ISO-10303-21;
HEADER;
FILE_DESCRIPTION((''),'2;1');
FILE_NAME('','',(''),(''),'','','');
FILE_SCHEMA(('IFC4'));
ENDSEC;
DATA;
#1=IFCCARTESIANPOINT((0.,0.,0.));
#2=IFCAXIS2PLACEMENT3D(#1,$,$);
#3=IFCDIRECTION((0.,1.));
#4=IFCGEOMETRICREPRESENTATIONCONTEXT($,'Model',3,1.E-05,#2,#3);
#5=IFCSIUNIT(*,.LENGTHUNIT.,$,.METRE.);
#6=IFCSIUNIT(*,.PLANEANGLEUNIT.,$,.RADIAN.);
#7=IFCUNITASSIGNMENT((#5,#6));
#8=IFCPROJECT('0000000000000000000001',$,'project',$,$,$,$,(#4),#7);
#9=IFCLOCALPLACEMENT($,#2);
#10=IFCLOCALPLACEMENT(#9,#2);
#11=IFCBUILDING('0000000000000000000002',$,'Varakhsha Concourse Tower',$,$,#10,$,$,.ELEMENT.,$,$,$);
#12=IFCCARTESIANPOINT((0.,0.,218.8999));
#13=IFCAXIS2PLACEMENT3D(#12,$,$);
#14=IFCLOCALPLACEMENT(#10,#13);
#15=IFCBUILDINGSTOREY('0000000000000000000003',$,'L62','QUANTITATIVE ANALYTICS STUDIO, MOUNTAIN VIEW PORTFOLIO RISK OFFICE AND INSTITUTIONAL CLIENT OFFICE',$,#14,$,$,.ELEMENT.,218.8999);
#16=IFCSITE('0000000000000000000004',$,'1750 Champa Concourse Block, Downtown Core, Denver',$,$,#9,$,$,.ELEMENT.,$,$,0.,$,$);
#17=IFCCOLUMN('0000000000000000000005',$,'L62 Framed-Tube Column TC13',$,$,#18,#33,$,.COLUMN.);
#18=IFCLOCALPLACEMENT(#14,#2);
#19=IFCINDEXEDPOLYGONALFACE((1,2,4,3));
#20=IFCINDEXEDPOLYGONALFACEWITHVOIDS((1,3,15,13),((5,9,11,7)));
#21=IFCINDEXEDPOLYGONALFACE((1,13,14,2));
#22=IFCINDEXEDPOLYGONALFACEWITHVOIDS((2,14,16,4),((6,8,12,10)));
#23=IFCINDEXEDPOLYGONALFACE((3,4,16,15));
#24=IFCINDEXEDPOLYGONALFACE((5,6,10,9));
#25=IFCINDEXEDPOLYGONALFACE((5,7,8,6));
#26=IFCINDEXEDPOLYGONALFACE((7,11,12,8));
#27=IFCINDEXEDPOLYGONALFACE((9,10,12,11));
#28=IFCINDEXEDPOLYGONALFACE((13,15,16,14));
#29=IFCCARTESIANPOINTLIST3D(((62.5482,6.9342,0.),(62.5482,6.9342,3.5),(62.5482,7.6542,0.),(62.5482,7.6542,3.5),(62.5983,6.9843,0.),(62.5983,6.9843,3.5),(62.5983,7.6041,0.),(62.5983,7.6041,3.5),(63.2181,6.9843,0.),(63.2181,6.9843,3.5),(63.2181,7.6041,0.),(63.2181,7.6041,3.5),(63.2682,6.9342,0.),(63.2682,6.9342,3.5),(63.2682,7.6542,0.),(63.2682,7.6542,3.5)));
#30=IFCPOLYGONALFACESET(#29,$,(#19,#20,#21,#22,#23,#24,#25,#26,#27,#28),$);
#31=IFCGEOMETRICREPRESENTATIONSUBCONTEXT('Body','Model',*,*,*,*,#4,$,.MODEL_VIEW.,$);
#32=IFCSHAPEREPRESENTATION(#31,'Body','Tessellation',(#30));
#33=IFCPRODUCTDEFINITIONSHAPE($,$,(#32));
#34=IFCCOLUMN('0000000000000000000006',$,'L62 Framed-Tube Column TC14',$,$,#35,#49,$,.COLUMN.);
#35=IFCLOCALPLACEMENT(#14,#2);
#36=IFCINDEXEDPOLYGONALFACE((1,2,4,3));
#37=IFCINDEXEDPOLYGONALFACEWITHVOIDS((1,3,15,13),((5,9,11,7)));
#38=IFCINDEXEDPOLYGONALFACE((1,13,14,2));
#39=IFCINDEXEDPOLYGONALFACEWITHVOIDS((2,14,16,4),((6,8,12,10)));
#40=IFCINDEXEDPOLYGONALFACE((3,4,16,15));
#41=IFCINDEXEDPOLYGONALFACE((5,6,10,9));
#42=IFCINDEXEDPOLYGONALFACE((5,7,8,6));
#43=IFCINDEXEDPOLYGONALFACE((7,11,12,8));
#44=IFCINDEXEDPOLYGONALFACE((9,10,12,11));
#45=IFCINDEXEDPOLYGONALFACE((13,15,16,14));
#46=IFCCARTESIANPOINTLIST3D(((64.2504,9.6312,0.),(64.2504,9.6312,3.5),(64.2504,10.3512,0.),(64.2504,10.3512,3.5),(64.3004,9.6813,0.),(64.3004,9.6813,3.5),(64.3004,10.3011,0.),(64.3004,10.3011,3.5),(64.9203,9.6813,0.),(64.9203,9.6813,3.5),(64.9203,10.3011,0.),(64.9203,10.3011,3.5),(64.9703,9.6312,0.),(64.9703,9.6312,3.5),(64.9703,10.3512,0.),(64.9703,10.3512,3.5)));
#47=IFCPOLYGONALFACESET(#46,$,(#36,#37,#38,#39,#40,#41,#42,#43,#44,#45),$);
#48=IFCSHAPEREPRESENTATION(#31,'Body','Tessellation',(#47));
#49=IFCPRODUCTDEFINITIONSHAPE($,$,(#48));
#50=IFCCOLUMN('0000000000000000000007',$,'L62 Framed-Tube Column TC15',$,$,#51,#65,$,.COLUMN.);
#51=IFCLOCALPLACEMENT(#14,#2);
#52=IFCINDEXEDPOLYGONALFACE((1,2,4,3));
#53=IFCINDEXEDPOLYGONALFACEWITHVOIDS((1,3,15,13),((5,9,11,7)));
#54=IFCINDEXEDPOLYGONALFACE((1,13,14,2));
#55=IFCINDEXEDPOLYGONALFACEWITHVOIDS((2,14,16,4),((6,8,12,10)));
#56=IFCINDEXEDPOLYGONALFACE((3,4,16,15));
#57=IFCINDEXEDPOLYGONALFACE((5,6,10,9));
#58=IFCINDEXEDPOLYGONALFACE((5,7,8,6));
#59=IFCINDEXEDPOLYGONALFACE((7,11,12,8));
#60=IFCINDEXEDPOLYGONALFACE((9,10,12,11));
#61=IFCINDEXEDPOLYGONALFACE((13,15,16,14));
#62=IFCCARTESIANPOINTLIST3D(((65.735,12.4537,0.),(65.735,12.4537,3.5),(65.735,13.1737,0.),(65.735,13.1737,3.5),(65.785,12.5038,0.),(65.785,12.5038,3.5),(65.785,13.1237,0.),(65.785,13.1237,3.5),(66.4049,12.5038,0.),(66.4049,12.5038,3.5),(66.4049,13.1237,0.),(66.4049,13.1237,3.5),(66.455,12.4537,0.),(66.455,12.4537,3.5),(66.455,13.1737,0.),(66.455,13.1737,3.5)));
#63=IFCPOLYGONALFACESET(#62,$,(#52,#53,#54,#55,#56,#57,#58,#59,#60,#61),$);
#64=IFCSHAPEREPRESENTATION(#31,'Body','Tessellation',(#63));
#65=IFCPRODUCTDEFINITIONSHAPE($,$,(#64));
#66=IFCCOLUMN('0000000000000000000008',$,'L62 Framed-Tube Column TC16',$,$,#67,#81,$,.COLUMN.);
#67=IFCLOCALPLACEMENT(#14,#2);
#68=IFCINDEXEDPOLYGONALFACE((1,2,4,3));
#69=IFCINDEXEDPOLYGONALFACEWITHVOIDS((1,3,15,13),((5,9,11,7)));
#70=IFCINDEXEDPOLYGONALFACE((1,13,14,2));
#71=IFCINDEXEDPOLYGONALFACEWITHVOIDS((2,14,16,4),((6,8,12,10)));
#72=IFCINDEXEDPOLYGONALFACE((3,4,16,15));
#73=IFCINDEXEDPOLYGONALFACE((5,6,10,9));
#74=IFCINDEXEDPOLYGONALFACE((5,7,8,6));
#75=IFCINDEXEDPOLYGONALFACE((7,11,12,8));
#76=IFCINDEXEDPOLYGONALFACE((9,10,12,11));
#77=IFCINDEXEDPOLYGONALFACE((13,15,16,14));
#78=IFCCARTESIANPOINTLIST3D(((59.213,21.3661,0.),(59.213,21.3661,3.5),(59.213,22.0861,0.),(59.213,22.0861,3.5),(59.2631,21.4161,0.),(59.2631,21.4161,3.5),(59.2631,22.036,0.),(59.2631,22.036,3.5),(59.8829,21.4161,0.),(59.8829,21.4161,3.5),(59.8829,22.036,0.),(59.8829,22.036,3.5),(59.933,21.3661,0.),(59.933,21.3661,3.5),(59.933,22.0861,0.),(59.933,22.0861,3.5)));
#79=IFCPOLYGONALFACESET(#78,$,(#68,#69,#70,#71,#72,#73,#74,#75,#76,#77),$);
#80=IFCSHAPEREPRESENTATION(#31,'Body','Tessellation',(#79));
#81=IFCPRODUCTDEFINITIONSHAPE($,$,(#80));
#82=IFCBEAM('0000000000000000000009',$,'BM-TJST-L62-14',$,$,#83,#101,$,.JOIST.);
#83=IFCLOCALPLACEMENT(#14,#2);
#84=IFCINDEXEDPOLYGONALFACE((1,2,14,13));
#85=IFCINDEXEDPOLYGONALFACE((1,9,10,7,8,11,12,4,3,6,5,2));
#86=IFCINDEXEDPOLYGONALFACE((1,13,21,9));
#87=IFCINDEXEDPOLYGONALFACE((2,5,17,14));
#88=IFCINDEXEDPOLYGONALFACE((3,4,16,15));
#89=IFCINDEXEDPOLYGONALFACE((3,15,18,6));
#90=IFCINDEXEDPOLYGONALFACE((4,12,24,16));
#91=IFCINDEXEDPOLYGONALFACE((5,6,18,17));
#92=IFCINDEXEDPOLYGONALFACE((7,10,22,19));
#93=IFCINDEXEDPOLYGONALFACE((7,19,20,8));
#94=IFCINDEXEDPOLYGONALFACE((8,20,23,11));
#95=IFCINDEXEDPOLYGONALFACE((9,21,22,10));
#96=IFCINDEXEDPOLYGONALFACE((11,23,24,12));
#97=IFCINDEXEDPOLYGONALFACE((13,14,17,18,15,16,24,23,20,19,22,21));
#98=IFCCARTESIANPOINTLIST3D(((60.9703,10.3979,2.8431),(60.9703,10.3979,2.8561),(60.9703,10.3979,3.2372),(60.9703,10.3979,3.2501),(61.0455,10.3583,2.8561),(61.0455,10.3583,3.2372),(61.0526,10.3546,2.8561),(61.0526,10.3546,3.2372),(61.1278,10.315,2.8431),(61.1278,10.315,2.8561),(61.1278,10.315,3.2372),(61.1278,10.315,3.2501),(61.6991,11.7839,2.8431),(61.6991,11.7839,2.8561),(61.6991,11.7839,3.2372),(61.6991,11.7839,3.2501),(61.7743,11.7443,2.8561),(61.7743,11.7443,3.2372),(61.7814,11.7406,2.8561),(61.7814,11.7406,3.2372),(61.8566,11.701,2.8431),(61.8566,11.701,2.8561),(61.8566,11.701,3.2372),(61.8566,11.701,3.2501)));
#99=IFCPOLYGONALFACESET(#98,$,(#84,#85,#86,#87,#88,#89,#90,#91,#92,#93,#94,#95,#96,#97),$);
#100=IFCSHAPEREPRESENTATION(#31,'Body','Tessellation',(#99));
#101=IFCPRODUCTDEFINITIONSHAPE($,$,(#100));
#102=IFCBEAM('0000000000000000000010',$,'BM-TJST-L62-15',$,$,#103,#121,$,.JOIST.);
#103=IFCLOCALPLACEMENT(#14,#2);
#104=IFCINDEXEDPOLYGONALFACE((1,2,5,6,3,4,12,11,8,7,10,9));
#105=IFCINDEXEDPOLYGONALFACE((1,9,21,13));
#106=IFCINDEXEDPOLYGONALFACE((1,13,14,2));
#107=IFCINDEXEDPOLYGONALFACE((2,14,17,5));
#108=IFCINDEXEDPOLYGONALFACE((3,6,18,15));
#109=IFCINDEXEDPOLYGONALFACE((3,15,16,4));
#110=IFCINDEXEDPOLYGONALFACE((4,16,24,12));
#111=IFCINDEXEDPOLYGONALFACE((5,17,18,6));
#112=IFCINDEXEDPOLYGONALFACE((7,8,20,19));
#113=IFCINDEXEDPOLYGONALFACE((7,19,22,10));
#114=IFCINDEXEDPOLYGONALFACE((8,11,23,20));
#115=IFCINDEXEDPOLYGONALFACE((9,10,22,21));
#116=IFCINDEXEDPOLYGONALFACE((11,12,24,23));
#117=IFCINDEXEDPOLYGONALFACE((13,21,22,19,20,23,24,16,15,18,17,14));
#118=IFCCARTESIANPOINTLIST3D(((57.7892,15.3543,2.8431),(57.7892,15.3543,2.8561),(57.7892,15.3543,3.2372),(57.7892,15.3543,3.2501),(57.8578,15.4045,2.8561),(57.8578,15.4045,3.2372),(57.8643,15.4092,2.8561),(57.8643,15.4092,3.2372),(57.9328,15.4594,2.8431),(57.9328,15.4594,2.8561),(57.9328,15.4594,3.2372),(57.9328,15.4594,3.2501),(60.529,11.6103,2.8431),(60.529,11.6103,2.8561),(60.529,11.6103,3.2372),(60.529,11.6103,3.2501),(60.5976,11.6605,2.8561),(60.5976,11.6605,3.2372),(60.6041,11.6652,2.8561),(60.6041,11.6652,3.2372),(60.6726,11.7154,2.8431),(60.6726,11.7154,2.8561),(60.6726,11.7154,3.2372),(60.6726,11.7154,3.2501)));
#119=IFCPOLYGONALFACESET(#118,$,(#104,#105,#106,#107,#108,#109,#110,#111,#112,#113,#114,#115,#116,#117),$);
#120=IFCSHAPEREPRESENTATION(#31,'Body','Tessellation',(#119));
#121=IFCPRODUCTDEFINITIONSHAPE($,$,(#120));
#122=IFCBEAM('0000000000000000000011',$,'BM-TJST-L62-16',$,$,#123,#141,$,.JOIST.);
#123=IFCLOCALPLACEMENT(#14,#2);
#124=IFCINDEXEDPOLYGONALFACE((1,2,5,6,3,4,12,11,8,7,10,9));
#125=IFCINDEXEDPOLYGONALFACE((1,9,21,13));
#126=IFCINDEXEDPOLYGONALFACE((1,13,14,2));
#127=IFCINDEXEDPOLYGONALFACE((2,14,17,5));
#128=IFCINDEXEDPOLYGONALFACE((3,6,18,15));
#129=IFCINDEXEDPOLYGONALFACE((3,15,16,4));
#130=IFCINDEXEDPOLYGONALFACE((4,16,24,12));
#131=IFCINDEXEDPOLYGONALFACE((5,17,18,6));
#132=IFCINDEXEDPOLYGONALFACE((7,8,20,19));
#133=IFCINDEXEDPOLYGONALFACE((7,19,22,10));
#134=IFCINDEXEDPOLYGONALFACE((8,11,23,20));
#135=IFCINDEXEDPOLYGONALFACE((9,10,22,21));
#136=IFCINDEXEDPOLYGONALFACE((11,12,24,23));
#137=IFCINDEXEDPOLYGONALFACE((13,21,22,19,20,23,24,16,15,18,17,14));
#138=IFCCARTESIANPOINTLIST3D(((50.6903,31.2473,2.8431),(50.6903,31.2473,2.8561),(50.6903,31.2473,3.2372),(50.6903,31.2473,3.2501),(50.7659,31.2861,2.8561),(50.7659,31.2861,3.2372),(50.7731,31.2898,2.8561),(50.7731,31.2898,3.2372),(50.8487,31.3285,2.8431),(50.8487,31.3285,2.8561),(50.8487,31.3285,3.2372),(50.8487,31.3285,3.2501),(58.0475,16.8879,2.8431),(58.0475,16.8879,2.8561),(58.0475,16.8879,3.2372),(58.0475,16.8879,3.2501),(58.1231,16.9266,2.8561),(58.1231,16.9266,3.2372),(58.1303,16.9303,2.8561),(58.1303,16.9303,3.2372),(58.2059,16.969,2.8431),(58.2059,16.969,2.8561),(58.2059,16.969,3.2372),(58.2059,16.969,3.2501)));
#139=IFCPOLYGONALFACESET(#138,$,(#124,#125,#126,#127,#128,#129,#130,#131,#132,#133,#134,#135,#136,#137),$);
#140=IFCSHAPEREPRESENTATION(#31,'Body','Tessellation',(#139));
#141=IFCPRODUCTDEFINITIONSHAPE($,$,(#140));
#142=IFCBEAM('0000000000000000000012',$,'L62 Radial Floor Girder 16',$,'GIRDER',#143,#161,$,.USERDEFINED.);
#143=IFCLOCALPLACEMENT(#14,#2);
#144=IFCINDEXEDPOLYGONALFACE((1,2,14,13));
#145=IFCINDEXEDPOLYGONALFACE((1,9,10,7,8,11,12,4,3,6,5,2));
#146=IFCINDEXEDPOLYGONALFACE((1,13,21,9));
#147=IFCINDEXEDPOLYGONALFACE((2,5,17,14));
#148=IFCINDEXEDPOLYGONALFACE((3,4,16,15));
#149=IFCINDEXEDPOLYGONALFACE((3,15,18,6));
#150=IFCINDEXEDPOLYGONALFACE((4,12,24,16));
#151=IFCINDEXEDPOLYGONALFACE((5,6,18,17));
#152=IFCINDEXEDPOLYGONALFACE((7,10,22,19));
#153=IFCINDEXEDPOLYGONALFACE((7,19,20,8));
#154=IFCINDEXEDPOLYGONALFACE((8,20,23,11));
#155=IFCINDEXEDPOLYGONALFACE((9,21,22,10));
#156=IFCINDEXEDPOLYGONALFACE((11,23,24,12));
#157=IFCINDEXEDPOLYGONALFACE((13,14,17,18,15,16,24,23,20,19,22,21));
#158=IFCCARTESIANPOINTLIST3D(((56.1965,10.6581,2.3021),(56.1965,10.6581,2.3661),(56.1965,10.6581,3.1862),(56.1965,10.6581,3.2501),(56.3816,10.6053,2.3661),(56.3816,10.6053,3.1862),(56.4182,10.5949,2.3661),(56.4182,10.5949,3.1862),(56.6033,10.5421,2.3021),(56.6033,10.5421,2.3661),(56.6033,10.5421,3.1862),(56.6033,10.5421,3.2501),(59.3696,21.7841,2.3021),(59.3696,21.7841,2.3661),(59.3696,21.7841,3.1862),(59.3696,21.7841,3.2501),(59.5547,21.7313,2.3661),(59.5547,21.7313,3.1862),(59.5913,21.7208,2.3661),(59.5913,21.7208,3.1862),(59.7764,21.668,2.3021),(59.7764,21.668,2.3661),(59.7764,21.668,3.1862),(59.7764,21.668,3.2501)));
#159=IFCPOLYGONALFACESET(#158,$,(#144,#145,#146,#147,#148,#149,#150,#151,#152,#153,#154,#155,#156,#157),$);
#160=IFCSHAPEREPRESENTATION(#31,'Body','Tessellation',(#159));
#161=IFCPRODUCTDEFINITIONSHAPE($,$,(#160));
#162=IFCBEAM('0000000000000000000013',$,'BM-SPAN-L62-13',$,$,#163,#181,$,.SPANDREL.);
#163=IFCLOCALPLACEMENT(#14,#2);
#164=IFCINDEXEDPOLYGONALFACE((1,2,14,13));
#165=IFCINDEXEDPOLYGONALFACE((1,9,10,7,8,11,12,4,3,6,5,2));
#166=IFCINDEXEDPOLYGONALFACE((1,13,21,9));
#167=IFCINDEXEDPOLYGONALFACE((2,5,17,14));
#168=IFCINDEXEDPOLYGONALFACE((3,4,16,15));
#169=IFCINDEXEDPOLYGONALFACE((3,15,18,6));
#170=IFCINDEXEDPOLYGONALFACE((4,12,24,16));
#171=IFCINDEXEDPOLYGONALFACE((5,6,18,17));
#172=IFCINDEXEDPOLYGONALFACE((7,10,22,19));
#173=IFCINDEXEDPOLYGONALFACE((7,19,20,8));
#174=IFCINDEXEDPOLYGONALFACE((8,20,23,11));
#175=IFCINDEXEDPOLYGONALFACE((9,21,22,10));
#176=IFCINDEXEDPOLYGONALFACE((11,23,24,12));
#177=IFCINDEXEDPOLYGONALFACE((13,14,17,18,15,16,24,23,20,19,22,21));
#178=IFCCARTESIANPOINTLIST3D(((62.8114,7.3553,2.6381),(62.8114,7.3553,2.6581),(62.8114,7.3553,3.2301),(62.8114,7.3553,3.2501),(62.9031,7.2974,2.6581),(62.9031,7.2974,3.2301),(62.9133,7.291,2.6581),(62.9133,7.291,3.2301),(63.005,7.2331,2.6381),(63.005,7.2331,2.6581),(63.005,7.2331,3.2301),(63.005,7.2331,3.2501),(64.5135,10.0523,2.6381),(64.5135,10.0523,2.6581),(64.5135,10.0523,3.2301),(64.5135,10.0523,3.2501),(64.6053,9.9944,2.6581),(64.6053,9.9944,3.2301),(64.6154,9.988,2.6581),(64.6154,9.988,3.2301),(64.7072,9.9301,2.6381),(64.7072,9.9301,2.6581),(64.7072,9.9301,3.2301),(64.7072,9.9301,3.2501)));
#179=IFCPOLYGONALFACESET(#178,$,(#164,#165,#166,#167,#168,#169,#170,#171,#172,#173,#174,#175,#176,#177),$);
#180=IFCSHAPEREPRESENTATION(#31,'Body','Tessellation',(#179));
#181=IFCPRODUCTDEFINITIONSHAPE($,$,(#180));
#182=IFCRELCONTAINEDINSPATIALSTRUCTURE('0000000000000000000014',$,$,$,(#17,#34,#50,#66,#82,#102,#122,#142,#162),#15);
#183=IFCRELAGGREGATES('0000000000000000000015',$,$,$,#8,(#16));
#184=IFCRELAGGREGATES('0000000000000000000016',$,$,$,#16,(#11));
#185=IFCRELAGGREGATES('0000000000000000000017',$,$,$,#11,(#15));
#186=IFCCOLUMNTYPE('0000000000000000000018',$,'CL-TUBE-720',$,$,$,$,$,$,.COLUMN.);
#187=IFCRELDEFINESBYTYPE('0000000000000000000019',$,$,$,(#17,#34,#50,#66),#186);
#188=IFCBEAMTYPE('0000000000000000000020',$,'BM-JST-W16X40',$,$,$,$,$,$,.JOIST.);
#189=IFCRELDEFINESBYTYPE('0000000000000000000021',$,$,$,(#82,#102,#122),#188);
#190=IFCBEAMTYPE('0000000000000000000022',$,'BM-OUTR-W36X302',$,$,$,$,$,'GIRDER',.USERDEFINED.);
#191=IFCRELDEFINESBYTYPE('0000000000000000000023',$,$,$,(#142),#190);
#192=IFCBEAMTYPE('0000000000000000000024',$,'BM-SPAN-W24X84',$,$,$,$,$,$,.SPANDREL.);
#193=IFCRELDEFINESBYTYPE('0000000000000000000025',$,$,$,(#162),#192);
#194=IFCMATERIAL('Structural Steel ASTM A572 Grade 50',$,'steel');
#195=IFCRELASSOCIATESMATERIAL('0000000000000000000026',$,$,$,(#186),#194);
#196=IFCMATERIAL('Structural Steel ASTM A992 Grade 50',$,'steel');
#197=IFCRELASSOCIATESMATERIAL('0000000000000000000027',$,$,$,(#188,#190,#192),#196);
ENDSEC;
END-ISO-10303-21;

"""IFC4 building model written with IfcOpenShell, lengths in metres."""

from ifc_helpers import new_model, si_unit, direction, frame, origin, origin_2d, place, context, subcontext, project, spatial, hollow_rectangle, i_section, extrude, material, material_profile, profile_set, type_object, element, save


model = new_model("IFC4")

# Units and contexts
model_context = context("Model", 3, precision=1e-05, world=origin(), true_north=direction((0.0, 1.0)))
body_context = subcontext(model_context, "Body", "Model", "MODEL_VIEW")
ifc_project = project(units=[si_unit("LENGTHUNIT", "METRE"), si_unit("PLANEANGLEUNIT", "RADIAN")], contexts=[model_context])

# Site, building, storey
site_placement = place(None, origin())
site = spatial("IfcSite", under=ifc_project, at=site_placement, Name="1750 Champa Concourse Block, Downtown Core, Denver", CompositionType="ELEMENT", RefElevation=0.0)
building_placement = place(site_placement, origin())
building = spatial("IfcBuilding", under=site, at=building_placement, Name="Varakhsha Concourse Tower", CompositionType="ELEMENT")
storey_placement = place(building_placement, frame((0.0, 0.0, 218.8999)))
storey = spatial("IfcBuildingStorey", under=building, at=storey_placement, Name="L62", Description="QUANTITATIVE ANALYTICS STUDIO, MOUNTAIN VIEW PORTFOLIO RISK OFFICE AND INSTITUTIONAL CLIENT OFFICE", CompositionType="ELEMENT", Elevation=218.8999)

# Columns
ifc_material_1 = material(Name="Structural Steel ASTM A572 Grade 50", Category="steel")
ifc_material_profile_1 = material_profile(ifc_material_1, hollow_rectangle(XDim=0.72, YDim=0.72, WallThickness=0.05, at=origin_2d()), Name="BOX 720x720x50")
ifc_profile_set_1 = profile_set([ifc_material_profile_1], Name="Structural Steel ASTM A572 Grade 50")
column_type = type_object("IfcColumnType", Name="CL-TUBE-720", PredefinedType="COLUMN", material=ifc_profile_set_1)
for number, where, z_axis, x_axis, name in (
    (1, (62.9082, 7.2942, 0.0), (0.0, 0.0, 1.0), (1.0, 0.0, 0.0), "L62 Framed-Tube Column TC13"),
    (2, (64.6104, 9.9912, 0.0), (0.0, 0.0, 1.0), (1.0, 0.0, 0.0), "L62 Framed-Tube Column TC14"),
    (3, (66.095, 12.8137, 0.0), (0.0, 0.0, 1.0), (1.0, 0.0, 0.0), "L62 Framed-Tube Column TC15"),
    (4, (59.573, 21.7261, 0.0), (0.0, 0.0, 1.0), (1.0, 0.0, 0.0), "L62 Framed-Tube Column TC16"),
):
    element("IfcColumn", number, at=place(storey_placement, frame(where, z_axis=z_axis, x_axis=x_axis)), inside=storey, type_object=column_type, Name=name, PredefinedType="COLUMN", context=body_context, shape_type="SweptSolid", body=[
        extrude(hollow_rectangle(XDim=0.72, YDim=0.72, WallThickness=0.05, at=origin_2d()), origin(), (0.0, 0.0, 1.0), 3.5),
    ])

# Beams
ifc_material_2 = material(Name="Structural Steel ASTM A992 Grade 50", Category="steel")
ifc_material_profile_2 = material_profile(ifc_material_2, i_section(OverallWidth=0.178, OverallDepth=0.407, WebThickness=0.0081, FlangeThickness=0.0129, at=origin_2d()), Name="W16X40")
ifc_profile_set_2 = profile_set([ifc_material_profile_2], Name="Structural Steel ASTM A992 Grade 50")
beam_type_1 = type_object("IfcBeamType", Name="BM-JST-W16X40", PredefinedType="JOIST", material=ifc_profile_set_2)
beam_1_placement = place(storey_placement, frame((61.0491, 10.3564, 3.0466), z_axis=(0.465393, 0.885104, 0.0), x_axis=(-0.885104, 0.465393, 0.0)))
element("IfcBeam", 5, at=beam_1_placement, inside=storey, type_object=beam_type_1, Name="BM-TJST-L62-14", PredefinedType="JOIST", context=body_context, shape_type="SweptSolid", body=[
    extrude(i_section(OverallWidth=0.178, OverallDepth=0.407, WebThickness=0.0081, FlangeThickness=0.0129, at=origin_2d()), origin(), (0.0, 0.0, 1.0), 1.5659),
])
beam_2_placement = place(storey_placement, frame((60.6008, 11.6628, 3.0466), z_axis=(-0.590553, 0.806999, 0.0), x_axis=(-0.806999, -0.590553, 0.0)))
element("IfcBeam", 6, at=beam_2_placement, inside=storey, type_object=beam_type_1, Name="BM-TJST-L62-15", PredefinedType="JOIST", context=body_context, shape_type="SweptSolid", body=[
    extrude(i_section(OverallWidth=0.178, OverallDepth=0.407, WebThickness=0.0081, FlangeThickness=0.0129, at=origin_2d()), origin(), (0.0, 0.0, 1.0), 4.6394),
])
beam_3_placement = place(storey_placement, frame((58.1267, 16.9285, 3.0466), z_axis=(-0.455993, 0.889984, 0.0), x_axis=(-0.889984, -0.455993, 0.0)))
element("IfcBeam", 7, at=beam_3_placement, inside=storey, type_object=beam_type_1, Name="BM-TJST-L62-16", PredefinedType="JOIST", context=body_context, shape_type="SweptSolid", body=[
    extrude(i_section(OverallWidth=0.178, OverallDepth=0.407, WebThickness=0.0081, FlangeThickness=0.0129, at=origin_2d()), origin(), (0.0, 0.0, 1.0), 16.1345),
])
ifc_material_profile_3 = material_profile(ifc_material_2, i_section(OverallWidth=0.4231, OverallDepth=0.948, WebThickness=0.0381, FlangeThickness=0.064, at=origin_2d()), Name="W36X302")
ifc_profile_set_3 = profile_set([ifc_material_profile_3], Name="Structural Steel ASTM A992 Grade 50")
beam_type_2 = type_object("IfcBeamType", Name="BM-OUTR-W36X302", ElementType="GIRDER", PredefinedType="USERDEFINED", material=ifc_profile_set_3)
beam_4_placement = place(storey_placement, frame((56.3999, 10.6001, 2.7761), z_axis=(0.274261, 0.961655, 0.0), x_axis=(-0.961655, 0.274261, 0.0)))
element("IfcBeam", 8, at=beam_4_placement, inside=storey, type_object=beam_type_2, Name="L62 Radial Floor Girder 16", ObjectType="GIRDER", PredefinedType="USERDEFINED", context=body_context, shape_type="SweptSolid", body=[
    extrude(i_section(OverallWidth=0.4231, OverallDepth=0.948, WebThickness=0.0381, FlangeThickness=0.064, at=origin_2d()), origin(), (0.0, 0.0, 1.0), 11.5696),
])
ifc_material_profile_4 = material_profile(ifc_material_2, i_section(OverallWidth=0.229, OverallDepth=0.6121, WebThickness=0.012, FlangeThickness=0.02, at=origin_2d()), Name="W24X84")
ifc_profile_set_4 = profile_set([ifc_material_profile_4], Name="Structural Steel ASTM A992 Grade 50")
beam_type_3 = type_object("IfcBeamType", Name="BM-SPAN-W24X84", PredefinedType="SPANDREL", material=ifc_profile_set_4)
for number, where, z_axis, x_axis, name in (
    (9, (62.9082, 7.2942, 2.9441), (0.533716, 0.845663, 0.0), (-0.845663, 0.533716, 0.0), "BM-SPAN-L62-13"),
):
    element("IfcBeam", number, at=place(storey_placement, frame(where, z_axis=z_axis, x_axis=x_axis)), inside=storey, type_object=beam_type_3, Name=name, PredefinedType="SPANDREL", context=body_context, shape_type="SweptSolid", body=[
        extrude(i_section(OverallWidth=0.229, OverallDepth=0.6121, WebThickness=0.012, FlangeThickness=0.02, at=origin_2d()), origin(), (0.0, 0.0, 1.0), 3.1892),
    ])

save(model, "model.ifc")
